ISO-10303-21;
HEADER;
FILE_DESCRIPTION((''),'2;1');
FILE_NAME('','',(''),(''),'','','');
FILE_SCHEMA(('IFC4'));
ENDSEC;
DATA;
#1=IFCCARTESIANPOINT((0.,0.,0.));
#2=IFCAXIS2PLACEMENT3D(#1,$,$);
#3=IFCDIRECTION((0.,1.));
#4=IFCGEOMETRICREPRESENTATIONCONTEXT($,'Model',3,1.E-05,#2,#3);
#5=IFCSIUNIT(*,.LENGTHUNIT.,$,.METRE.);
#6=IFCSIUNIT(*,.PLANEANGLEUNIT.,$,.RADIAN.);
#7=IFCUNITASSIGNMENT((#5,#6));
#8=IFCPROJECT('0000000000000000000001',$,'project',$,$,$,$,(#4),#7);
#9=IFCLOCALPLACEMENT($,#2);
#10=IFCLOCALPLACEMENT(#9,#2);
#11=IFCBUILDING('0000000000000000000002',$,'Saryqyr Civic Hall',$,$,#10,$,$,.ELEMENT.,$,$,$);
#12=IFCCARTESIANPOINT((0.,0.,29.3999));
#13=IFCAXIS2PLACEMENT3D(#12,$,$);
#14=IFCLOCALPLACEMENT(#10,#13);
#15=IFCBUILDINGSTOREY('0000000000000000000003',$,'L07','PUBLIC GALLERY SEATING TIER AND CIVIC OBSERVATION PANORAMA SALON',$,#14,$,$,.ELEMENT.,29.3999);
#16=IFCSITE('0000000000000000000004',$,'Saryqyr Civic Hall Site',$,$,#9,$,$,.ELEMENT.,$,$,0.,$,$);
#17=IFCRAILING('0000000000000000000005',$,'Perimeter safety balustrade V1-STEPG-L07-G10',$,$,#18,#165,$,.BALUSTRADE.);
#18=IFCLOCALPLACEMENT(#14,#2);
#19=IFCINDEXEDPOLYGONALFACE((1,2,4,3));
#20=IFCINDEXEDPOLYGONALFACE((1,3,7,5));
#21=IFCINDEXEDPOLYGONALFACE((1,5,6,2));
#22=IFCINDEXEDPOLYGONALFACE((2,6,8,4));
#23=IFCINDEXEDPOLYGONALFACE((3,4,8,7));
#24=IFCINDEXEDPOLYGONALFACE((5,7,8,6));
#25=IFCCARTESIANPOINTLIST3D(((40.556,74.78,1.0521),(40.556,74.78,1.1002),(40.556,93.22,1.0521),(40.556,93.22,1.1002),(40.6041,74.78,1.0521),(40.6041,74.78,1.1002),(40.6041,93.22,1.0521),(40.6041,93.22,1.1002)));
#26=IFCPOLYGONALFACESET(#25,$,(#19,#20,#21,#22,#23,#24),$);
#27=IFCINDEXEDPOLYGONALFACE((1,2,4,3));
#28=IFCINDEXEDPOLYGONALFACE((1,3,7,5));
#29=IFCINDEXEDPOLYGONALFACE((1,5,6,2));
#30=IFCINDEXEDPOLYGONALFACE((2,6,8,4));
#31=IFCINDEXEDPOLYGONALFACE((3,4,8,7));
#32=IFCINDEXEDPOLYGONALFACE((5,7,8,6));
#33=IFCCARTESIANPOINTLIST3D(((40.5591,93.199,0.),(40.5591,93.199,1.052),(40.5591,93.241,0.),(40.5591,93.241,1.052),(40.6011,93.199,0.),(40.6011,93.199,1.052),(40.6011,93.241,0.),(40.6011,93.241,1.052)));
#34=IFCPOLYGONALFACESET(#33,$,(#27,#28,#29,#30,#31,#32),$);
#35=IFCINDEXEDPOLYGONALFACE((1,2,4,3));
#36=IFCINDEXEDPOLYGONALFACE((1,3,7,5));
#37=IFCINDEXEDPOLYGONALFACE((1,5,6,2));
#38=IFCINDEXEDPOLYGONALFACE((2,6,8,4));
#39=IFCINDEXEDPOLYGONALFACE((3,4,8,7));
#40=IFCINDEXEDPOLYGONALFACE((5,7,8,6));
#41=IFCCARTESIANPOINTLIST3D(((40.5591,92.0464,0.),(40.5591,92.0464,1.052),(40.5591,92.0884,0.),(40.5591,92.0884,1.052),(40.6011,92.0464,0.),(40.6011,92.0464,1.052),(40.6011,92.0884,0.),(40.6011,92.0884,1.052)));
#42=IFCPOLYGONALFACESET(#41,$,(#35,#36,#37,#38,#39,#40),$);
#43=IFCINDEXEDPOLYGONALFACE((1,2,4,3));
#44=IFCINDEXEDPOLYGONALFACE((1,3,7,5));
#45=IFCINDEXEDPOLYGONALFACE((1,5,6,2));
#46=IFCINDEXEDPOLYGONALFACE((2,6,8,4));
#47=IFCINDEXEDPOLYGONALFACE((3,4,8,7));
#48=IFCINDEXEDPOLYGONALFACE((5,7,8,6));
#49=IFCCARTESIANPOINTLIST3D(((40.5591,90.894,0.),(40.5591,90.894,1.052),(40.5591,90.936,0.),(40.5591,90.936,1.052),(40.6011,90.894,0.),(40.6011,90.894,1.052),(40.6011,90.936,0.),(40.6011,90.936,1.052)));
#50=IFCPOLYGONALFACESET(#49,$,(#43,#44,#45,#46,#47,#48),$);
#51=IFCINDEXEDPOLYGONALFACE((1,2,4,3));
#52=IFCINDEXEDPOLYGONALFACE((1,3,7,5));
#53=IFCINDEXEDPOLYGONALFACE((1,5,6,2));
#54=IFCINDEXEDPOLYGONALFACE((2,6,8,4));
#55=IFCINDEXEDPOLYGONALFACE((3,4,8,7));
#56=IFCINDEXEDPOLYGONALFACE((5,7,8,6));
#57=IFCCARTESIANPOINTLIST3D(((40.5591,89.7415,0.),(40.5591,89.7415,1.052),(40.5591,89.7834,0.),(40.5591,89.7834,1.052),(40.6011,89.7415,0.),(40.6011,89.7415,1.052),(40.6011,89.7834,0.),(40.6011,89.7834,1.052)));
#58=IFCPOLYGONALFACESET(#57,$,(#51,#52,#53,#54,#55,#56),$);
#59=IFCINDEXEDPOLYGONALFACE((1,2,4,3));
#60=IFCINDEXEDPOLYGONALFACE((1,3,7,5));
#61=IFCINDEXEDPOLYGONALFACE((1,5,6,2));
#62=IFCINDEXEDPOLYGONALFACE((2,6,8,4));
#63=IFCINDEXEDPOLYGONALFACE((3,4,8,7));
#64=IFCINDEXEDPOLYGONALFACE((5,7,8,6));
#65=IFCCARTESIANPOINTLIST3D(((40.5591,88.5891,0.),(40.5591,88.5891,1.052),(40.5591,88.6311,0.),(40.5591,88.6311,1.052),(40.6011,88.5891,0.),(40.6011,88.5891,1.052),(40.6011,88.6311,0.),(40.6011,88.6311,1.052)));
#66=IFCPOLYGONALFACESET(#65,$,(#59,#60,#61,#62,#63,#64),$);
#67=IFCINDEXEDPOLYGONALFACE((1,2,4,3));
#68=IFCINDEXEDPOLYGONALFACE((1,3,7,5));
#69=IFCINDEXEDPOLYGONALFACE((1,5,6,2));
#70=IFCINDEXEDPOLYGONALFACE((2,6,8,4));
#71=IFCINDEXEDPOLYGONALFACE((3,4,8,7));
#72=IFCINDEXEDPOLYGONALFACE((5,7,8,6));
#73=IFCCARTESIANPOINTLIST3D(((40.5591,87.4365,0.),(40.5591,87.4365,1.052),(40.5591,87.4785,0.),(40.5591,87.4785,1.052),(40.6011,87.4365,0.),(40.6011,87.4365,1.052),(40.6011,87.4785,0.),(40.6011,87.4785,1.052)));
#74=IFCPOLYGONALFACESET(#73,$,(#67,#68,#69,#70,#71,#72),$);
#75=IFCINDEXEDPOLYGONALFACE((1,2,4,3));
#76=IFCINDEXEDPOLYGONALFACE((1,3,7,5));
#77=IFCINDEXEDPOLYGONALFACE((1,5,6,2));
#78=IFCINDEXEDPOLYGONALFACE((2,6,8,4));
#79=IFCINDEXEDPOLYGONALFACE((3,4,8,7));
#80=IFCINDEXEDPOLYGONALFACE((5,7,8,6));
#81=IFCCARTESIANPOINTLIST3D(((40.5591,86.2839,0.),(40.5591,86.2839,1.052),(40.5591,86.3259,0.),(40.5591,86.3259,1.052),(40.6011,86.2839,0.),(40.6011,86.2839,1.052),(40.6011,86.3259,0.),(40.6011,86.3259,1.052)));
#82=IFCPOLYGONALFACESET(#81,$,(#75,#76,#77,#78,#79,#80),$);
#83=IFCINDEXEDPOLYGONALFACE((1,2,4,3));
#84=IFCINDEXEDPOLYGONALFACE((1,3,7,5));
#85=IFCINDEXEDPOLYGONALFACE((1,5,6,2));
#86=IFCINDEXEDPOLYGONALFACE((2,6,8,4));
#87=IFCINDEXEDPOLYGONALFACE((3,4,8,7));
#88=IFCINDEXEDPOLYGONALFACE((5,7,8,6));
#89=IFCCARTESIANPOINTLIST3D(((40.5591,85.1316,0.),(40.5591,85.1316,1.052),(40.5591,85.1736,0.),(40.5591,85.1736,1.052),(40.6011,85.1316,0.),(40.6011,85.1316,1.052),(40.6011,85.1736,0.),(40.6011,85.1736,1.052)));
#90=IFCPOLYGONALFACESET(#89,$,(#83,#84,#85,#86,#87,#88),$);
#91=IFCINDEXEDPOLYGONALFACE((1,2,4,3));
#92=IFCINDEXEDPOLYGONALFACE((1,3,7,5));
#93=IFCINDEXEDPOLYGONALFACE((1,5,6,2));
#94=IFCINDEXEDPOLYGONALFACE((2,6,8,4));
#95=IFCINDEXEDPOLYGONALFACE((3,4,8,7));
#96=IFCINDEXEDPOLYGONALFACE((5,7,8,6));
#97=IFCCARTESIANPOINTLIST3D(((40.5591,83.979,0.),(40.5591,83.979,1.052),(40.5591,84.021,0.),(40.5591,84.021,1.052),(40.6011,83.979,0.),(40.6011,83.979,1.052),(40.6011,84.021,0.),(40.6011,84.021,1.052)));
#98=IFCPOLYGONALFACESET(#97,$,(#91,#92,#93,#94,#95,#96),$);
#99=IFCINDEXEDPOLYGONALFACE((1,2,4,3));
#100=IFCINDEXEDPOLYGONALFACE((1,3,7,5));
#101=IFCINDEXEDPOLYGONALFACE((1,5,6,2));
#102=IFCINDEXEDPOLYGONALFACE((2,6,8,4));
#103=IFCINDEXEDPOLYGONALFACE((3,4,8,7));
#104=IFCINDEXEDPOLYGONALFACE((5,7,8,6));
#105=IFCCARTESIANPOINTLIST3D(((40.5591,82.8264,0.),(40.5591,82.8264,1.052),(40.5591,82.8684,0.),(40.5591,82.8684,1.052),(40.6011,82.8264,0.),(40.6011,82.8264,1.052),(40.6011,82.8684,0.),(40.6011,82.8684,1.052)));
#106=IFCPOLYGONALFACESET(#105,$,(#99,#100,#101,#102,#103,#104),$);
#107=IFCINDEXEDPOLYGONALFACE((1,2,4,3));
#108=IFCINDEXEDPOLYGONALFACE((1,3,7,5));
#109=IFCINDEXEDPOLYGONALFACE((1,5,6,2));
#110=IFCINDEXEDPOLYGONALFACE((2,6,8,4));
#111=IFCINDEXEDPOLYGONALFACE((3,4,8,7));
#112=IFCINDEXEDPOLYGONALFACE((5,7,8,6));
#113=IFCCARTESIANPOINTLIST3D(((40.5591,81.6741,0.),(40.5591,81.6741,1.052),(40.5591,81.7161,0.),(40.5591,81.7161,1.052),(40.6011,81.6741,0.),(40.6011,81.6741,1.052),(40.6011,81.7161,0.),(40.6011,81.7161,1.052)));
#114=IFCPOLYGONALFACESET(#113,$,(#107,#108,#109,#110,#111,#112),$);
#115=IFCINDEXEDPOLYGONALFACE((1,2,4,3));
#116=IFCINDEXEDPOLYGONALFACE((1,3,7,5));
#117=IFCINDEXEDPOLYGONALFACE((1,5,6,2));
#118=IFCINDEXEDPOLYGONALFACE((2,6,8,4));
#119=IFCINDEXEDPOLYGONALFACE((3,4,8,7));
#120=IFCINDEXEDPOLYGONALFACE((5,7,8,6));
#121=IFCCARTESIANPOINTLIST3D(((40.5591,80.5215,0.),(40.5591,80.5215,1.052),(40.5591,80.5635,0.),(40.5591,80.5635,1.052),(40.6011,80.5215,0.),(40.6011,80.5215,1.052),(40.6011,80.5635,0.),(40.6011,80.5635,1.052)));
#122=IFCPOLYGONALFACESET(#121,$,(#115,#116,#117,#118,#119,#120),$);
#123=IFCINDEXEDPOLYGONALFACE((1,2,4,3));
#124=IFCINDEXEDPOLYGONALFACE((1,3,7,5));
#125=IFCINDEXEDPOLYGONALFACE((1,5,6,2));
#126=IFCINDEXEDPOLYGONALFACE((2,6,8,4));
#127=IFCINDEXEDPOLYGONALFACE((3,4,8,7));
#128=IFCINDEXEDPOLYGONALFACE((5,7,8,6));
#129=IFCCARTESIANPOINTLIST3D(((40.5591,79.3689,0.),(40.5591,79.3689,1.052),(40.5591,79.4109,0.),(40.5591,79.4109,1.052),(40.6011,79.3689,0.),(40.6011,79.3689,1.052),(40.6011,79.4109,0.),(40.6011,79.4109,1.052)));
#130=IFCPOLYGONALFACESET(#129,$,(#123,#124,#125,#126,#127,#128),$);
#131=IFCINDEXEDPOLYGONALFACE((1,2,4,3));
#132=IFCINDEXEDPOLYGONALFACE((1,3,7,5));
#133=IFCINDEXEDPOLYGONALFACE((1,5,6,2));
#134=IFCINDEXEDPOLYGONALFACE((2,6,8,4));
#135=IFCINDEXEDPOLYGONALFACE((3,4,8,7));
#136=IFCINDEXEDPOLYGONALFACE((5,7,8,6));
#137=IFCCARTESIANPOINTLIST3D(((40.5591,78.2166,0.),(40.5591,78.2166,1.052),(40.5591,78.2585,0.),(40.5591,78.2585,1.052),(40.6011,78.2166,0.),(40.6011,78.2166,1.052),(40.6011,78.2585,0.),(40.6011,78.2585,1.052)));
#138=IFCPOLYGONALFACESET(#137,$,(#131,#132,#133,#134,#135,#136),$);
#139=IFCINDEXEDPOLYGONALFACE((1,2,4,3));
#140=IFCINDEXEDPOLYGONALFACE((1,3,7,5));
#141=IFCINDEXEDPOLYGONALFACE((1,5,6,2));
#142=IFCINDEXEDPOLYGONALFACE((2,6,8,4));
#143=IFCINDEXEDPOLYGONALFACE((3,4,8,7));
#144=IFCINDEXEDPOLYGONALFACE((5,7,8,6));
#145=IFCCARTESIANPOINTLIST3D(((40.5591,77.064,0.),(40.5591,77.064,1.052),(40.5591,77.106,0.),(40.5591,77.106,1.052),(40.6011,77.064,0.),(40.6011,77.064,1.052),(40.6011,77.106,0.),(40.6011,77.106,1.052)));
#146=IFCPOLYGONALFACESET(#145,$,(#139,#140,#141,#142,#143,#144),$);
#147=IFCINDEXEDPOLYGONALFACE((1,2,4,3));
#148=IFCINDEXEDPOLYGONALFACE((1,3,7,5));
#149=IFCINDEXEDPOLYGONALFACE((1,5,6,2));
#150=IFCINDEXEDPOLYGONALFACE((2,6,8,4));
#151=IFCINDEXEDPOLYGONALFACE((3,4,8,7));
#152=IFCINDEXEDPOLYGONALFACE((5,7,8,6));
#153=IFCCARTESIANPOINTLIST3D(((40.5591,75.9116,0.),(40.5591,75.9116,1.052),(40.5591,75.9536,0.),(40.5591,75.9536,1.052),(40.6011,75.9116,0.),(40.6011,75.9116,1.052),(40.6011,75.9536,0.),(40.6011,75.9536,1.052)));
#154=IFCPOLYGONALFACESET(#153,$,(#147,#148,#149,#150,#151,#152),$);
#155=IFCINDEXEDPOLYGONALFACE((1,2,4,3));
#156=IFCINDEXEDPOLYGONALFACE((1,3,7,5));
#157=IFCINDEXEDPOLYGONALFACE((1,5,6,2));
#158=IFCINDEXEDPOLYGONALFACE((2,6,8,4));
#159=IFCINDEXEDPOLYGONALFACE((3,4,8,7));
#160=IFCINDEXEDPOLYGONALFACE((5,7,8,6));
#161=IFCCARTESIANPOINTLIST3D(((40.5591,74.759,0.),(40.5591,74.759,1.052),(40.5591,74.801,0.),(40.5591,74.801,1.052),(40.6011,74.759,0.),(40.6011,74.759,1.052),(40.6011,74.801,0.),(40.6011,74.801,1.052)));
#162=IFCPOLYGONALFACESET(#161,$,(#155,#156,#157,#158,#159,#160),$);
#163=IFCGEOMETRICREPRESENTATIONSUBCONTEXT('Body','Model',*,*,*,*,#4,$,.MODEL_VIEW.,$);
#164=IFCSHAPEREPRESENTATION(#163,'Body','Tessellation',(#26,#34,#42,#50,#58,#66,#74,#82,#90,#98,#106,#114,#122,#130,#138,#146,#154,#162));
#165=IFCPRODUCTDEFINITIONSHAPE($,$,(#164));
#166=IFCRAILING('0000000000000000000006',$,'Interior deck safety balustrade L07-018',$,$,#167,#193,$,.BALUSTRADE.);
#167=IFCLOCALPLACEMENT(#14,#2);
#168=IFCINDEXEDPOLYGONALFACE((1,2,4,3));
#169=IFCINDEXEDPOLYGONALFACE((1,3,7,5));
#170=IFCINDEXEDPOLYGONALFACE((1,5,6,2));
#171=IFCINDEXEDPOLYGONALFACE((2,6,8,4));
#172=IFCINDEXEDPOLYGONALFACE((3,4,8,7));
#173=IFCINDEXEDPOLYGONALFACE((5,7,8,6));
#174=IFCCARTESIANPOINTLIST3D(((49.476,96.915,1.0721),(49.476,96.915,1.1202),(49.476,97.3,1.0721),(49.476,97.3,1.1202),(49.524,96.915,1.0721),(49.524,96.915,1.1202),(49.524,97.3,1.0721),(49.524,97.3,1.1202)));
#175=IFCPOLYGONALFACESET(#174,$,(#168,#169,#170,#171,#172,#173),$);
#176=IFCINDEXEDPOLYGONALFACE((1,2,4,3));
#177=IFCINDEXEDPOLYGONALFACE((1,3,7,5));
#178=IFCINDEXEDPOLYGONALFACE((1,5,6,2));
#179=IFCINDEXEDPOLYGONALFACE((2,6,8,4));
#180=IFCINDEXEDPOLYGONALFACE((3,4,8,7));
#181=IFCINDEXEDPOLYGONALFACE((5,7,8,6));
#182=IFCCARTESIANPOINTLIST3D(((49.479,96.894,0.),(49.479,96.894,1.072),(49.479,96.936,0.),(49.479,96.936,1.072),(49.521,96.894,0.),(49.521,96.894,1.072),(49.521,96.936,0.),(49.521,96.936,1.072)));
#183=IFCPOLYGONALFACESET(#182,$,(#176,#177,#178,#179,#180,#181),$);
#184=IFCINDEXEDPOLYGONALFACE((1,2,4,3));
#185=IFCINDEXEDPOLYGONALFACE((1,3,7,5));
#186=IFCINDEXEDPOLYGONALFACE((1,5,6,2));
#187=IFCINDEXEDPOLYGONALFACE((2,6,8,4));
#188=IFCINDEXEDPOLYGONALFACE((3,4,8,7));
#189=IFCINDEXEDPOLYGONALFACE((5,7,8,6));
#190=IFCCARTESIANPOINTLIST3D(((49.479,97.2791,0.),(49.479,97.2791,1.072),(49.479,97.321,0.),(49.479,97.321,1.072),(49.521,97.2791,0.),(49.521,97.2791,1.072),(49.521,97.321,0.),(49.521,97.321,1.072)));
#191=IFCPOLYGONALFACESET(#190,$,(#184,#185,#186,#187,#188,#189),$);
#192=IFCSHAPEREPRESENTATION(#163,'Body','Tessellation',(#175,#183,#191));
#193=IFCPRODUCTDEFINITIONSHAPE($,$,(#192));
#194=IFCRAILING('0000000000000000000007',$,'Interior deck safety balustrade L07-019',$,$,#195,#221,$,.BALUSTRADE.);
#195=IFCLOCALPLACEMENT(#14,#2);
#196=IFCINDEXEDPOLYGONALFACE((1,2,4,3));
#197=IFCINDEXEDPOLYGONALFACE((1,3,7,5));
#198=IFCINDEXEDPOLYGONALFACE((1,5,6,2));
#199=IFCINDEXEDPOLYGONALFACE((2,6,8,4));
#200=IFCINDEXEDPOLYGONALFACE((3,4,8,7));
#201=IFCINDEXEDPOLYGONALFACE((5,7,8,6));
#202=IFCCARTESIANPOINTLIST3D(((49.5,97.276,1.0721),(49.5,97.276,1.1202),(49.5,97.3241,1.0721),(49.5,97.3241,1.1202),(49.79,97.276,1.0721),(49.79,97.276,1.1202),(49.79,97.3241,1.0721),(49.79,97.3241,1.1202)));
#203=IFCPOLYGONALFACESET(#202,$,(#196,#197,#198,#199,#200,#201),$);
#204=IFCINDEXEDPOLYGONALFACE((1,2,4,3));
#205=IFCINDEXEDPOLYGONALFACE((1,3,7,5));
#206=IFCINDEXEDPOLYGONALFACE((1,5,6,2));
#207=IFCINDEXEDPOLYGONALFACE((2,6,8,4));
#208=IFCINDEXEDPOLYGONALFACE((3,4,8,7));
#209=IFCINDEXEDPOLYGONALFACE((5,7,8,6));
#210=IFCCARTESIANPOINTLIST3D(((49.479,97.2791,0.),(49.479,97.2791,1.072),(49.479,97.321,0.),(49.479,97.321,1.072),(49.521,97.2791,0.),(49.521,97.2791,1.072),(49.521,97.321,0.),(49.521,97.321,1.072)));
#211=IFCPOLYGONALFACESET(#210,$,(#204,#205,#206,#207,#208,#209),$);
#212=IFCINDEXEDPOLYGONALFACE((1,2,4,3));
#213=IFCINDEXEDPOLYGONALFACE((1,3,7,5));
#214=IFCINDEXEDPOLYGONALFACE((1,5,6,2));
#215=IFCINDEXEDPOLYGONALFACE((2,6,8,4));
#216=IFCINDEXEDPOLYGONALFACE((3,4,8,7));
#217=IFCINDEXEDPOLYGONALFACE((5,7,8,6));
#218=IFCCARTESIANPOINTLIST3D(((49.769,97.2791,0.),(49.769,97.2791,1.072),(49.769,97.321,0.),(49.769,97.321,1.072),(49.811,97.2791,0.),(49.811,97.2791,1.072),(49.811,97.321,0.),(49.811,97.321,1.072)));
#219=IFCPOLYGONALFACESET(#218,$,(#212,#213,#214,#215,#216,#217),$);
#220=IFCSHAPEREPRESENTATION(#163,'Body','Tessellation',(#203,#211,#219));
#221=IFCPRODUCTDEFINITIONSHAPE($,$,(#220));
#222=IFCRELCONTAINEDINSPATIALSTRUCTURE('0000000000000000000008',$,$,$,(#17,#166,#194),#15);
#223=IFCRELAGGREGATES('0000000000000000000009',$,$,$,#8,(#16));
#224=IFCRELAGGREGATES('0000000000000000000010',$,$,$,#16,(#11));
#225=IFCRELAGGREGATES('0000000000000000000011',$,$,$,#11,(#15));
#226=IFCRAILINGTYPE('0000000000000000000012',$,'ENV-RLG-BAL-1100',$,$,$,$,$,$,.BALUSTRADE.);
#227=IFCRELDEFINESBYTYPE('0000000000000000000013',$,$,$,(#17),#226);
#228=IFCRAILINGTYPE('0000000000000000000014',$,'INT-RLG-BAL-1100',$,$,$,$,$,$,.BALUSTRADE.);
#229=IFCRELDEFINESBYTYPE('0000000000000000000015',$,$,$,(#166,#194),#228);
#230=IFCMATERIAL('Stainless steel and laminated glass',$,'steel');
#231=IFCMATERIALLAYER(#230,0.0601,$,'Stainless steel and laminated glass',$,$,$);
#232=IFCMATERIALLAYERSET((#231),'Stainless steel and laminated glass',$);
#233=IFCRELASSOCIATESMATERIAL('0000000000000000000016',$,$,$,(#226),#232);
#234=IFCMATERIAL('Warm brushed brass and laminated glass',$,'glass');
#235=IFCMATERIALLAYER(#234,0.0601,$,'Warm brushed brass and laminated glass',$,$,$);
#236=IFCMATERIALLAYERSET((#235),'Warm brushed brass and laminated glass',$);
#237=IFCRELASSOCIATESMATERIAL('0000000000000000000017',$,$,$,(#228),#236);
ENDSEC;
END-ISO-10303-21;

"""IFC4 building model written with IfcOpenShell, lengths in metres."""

from ifc_helpers import new_model, si_unit, direction, frame, origin, origin_2d, place, context, subcontext, project, spatial, rectangle, extrude, material, layer, layer_set, type_object, element, save


model = new_model("IFC4")

# Units and contexts
model_context = context("Model", 3, precision=1e-05, world=origin(), true_north=direction((0.0, 1.0)))
body_context = subcontext(model_context, "Body", "Model", "MODEL_VIEW")
ifc_project = project(units=[si_unit("LENGTHUNIT", "METRE"), si_unit("PLANEANGLEUNIT", "RADIAN")], contexts=[model_context])

# Site, building, storey
site_placement = place(None, origin())
site = spatial("IfcSite", under=ifc_project, at=site_placement, Name="Saryqyr Civic Hall Site", CompositionType="ELEMENT", RefElevation=0.0)
building_placement = place(site_placement, origin())
building = spatial("IfcBuilding", under=site, at=building_placement, Name="Saryqyr Civic Hall", CompositionType="ELEMENT")
storey_placement = place(building_placement, frame((0.0, 0.0, 29.3999)))
storey = spatial("IfcBuildingStorey", under=building, at=storey_placement, Name="L07", Description="PUBLIC GALLERY SEATING TIER AND CIVIC OBSERVATION PANORAMA SALON", CompositionType="ELEMENT", Elevation=29.3999)

# Railings
ifc_material_1 = material(Name="Stainless steel and laminated glass", Category="steel")
ifc_layer_1 = layer(ifc_material_1, 0.0601, Name="Stainless steel and laminated glass")
ifc_layer_set_1 = layer_set([ifc_layer_1], Name="Stainless steel and laminated glass")
railing_type_1 = type_object("IfcRailingType", Name="ENV-RLG-BAL-1100", PredefinedType="BALUSTRADE", material=ifc_layer_set_1)
railing_1_placement = place(storey_placement, frame((40.5801, 93.22, 0.0)))
element("IfcRailing", 1, at=railing_1_placement, inside=storey, type_object=railing_type_1, Name="Perimeter safety balustrade V1-STEPG-L07-G10", PredefinedType="BALUSTRADE", context=body_context, shape_type="SweptSolid", body=[
    extrude(rectangle(XDim=0.0481, YDim=0.0481, at=origin_2d()), frame((0.0, 0.0, 1.0762), z_axis=(0.0, -1.0, 0.0), x_axis=(1.0, 0.0, 0.0)), (0.0, 0.0, 1.0), 18.4399),
    extrude(rectangle(XDim=0.042, YDim=0.042, at=origin_2d()), origin(), (0.0, 0.0, 1.0), 1.052),
    extrude(rectangle(XDim=0.042, YDim=0.042, at=origin_2d()), frame((0.0, -1.1526, 0.0)), (0.0, 0.0, 1.0), 1.052),
    extrude(rectangle(XDim=0.042, YDim=0.042, at=origin_2d()), frame((0.0, -2.3049, 0.0)), (0.0, 0.0, 1.0), 1.052),
    extrude(rectangle(XDim=0.042, YDim=0.042, at=origin_2d()), frame((0.0, -3.4575, 0.0)), (0.0, 0.0, 1.0), 1.052),
    extrude(rectangle(XDim=0.042, YDim=0.042, at=origin_2d()), frame((0.0, -4.6099, 0.0)), (0.0, 0.0, 1.0), 1.052),
    extrude(rectangle(XDim=0.042, YDim=0.042, at=origin_2d()), frame((0.0, -5.7625, 0.0)), (0.0, 0.0, 1.0), 1.052),
    extrude(rectangle(XDim=0.042, YDim=0.042, at=origin_2d()), frame((0.0, -6.915, 0.0)), (0.0, 0.0, 1.0), 1.052),
    extrude(rectangle(XDim=0.042, YDim=0.042, at=origin_2d()), frame((0.0, -8.0674, 0.0)), (0.0, 0.0, 1.0), 1.052),
    extrude(rectangle(XDim=0.042, YDim=0.042, at=origin_2d()), frame((0.0, -9.22, 0.0)), (0.0, 0.0, 1.0), 1.052),
    extrude(rectangle(XDim=0.042, YDim=0.042, at=origin_2d()), frame((0.0, -10.3726, 0.0)), (0.0, 0.0, 1.0), 1.052),
    extrude(rectangle(XDim=0.042, YDim=0.042, at=origin_2d()), frame((0.0, -11.5249, 0.0)), (0.0, 0.0, 1.0), 1.052),
    extrude(rectangle(XDim=0.042, YDim=0.042, at=origin_2d()), frame((0.0, -12.6775, 0.0)), (0.0, 0.0, 1.0), 1.052),
    extrude(rectangle(XDim=0.042, YDim=0.042, at=origin_2d()), frame((0.0, -13.8301, 0.0)), (0.0, 0.0, 1.0), 1.052),
    extrude(rectangle(XDim=0.042, YDim=0.042, at=origin_2d()), frame((0.0, -14.9824, 0.0)), (0.0, 0.0, 1.0), 1.052),
    extrude(rectangle(XDim=0.042, YDim=0.042, at=origin_2d()), frame((0.0, -16.135, 0.0)), (0.0, 0.0, 1.0), 1.052),
    extrude(rectangle(XDim=0.042, YDim=0.042, at=origin_2d()), frame((0.0, -17.2874, 0.0)), (0.0, 0.0, 1.0), 1.052),
    extrude(rectangle(XDim=0.042, YDim=0.042, at=origin_2d()), frame((0.0, -18.4399, 0.0)), (0.0, 0.0, 1.0), 1.052),
])
ifc_material_2 = material(Name="Warm brushed brass and laminated glass", Category="glass")
ifc_layer_2 = layer(ifc_material_2, 0.0601, Name="Warm brushed brass and laminated glass")
ifc_layer_set_2 = layer_set([ifc_layer_2], Name="Warm brushed brass and laminated glass")
railing_type_2 = type_object("IfcRailingType", Name="INT-RLG-BAL-1100", PredefinedType="BALUSTRADE", material=ifc_layer_set_2)
railing_2_placement = place(storey_placement, frame((49.5, 96.915, 0.0)))
element("IfcRailing", 2, at=railing_2_placement, inside=storey, type_object=railing_type_2, Name="Interior deck safety balustrade L07-018", PredefinedType="BALUSTRADE", context=body_context, shape_type="SweptSolid", body=[
    extrude(rectangle(XDim=0.0481, YDim=0.0481, at=origin_2d()), frame((0.0, 0.0, 1.0962), z_axis=(0.0, 1.0, 0.0), x_axis=(-1.0, 0.0, 0.0)), (0.0, 0.0, 1.0), 0.385),
    extrude(rectangle(XDim=0.042, YDim=0.042, at=origin_2d()), origin(), (0.0, 0.0, 1.0), 1.072),
    extrude(rectangle(XDim=0.042, YDim=0.042, at=origin_2d()), frame((0.0, 0.385, 0.0)), (0.0, 0.0, 1.0), 1.072),
])
railing_3_placement = place(storey_placement, frame((49.5, 97.3, 0.0)))
element("IfcRailing", 3, at=railing_3_placement, inside=storey, type_object=railing_type_2, Name="Interior deck safety balustrade L07-019", PredefinedType="BALUSTRADE", context=body_context, shape_type="SweptSolid", body=[
    extrude(rectangle(XDim=0.0481, YDim=0.0481, at=origin_2d()), frame((0.0, 0.0, 1.0962), z_axis=(1.0, 0.0, 0.0), x_axis=(0.0, 1.0, 0.0)), (0.0, 0.0, 1.0), 0.29),
    extrude(rectangle(XDim=0.042, YDim=0.042, at=origin_2d()), origin(), (0.0, 0.0, 1.0), 1.072),
    extrude(rectangle(XDim=0.042, YDim=0.042, at=origin_2d()), frame((0.29, 0.0, 0.0)), (0.0, 0.0, 1.0), 1.072),
])

save(model, "model.ifc")
